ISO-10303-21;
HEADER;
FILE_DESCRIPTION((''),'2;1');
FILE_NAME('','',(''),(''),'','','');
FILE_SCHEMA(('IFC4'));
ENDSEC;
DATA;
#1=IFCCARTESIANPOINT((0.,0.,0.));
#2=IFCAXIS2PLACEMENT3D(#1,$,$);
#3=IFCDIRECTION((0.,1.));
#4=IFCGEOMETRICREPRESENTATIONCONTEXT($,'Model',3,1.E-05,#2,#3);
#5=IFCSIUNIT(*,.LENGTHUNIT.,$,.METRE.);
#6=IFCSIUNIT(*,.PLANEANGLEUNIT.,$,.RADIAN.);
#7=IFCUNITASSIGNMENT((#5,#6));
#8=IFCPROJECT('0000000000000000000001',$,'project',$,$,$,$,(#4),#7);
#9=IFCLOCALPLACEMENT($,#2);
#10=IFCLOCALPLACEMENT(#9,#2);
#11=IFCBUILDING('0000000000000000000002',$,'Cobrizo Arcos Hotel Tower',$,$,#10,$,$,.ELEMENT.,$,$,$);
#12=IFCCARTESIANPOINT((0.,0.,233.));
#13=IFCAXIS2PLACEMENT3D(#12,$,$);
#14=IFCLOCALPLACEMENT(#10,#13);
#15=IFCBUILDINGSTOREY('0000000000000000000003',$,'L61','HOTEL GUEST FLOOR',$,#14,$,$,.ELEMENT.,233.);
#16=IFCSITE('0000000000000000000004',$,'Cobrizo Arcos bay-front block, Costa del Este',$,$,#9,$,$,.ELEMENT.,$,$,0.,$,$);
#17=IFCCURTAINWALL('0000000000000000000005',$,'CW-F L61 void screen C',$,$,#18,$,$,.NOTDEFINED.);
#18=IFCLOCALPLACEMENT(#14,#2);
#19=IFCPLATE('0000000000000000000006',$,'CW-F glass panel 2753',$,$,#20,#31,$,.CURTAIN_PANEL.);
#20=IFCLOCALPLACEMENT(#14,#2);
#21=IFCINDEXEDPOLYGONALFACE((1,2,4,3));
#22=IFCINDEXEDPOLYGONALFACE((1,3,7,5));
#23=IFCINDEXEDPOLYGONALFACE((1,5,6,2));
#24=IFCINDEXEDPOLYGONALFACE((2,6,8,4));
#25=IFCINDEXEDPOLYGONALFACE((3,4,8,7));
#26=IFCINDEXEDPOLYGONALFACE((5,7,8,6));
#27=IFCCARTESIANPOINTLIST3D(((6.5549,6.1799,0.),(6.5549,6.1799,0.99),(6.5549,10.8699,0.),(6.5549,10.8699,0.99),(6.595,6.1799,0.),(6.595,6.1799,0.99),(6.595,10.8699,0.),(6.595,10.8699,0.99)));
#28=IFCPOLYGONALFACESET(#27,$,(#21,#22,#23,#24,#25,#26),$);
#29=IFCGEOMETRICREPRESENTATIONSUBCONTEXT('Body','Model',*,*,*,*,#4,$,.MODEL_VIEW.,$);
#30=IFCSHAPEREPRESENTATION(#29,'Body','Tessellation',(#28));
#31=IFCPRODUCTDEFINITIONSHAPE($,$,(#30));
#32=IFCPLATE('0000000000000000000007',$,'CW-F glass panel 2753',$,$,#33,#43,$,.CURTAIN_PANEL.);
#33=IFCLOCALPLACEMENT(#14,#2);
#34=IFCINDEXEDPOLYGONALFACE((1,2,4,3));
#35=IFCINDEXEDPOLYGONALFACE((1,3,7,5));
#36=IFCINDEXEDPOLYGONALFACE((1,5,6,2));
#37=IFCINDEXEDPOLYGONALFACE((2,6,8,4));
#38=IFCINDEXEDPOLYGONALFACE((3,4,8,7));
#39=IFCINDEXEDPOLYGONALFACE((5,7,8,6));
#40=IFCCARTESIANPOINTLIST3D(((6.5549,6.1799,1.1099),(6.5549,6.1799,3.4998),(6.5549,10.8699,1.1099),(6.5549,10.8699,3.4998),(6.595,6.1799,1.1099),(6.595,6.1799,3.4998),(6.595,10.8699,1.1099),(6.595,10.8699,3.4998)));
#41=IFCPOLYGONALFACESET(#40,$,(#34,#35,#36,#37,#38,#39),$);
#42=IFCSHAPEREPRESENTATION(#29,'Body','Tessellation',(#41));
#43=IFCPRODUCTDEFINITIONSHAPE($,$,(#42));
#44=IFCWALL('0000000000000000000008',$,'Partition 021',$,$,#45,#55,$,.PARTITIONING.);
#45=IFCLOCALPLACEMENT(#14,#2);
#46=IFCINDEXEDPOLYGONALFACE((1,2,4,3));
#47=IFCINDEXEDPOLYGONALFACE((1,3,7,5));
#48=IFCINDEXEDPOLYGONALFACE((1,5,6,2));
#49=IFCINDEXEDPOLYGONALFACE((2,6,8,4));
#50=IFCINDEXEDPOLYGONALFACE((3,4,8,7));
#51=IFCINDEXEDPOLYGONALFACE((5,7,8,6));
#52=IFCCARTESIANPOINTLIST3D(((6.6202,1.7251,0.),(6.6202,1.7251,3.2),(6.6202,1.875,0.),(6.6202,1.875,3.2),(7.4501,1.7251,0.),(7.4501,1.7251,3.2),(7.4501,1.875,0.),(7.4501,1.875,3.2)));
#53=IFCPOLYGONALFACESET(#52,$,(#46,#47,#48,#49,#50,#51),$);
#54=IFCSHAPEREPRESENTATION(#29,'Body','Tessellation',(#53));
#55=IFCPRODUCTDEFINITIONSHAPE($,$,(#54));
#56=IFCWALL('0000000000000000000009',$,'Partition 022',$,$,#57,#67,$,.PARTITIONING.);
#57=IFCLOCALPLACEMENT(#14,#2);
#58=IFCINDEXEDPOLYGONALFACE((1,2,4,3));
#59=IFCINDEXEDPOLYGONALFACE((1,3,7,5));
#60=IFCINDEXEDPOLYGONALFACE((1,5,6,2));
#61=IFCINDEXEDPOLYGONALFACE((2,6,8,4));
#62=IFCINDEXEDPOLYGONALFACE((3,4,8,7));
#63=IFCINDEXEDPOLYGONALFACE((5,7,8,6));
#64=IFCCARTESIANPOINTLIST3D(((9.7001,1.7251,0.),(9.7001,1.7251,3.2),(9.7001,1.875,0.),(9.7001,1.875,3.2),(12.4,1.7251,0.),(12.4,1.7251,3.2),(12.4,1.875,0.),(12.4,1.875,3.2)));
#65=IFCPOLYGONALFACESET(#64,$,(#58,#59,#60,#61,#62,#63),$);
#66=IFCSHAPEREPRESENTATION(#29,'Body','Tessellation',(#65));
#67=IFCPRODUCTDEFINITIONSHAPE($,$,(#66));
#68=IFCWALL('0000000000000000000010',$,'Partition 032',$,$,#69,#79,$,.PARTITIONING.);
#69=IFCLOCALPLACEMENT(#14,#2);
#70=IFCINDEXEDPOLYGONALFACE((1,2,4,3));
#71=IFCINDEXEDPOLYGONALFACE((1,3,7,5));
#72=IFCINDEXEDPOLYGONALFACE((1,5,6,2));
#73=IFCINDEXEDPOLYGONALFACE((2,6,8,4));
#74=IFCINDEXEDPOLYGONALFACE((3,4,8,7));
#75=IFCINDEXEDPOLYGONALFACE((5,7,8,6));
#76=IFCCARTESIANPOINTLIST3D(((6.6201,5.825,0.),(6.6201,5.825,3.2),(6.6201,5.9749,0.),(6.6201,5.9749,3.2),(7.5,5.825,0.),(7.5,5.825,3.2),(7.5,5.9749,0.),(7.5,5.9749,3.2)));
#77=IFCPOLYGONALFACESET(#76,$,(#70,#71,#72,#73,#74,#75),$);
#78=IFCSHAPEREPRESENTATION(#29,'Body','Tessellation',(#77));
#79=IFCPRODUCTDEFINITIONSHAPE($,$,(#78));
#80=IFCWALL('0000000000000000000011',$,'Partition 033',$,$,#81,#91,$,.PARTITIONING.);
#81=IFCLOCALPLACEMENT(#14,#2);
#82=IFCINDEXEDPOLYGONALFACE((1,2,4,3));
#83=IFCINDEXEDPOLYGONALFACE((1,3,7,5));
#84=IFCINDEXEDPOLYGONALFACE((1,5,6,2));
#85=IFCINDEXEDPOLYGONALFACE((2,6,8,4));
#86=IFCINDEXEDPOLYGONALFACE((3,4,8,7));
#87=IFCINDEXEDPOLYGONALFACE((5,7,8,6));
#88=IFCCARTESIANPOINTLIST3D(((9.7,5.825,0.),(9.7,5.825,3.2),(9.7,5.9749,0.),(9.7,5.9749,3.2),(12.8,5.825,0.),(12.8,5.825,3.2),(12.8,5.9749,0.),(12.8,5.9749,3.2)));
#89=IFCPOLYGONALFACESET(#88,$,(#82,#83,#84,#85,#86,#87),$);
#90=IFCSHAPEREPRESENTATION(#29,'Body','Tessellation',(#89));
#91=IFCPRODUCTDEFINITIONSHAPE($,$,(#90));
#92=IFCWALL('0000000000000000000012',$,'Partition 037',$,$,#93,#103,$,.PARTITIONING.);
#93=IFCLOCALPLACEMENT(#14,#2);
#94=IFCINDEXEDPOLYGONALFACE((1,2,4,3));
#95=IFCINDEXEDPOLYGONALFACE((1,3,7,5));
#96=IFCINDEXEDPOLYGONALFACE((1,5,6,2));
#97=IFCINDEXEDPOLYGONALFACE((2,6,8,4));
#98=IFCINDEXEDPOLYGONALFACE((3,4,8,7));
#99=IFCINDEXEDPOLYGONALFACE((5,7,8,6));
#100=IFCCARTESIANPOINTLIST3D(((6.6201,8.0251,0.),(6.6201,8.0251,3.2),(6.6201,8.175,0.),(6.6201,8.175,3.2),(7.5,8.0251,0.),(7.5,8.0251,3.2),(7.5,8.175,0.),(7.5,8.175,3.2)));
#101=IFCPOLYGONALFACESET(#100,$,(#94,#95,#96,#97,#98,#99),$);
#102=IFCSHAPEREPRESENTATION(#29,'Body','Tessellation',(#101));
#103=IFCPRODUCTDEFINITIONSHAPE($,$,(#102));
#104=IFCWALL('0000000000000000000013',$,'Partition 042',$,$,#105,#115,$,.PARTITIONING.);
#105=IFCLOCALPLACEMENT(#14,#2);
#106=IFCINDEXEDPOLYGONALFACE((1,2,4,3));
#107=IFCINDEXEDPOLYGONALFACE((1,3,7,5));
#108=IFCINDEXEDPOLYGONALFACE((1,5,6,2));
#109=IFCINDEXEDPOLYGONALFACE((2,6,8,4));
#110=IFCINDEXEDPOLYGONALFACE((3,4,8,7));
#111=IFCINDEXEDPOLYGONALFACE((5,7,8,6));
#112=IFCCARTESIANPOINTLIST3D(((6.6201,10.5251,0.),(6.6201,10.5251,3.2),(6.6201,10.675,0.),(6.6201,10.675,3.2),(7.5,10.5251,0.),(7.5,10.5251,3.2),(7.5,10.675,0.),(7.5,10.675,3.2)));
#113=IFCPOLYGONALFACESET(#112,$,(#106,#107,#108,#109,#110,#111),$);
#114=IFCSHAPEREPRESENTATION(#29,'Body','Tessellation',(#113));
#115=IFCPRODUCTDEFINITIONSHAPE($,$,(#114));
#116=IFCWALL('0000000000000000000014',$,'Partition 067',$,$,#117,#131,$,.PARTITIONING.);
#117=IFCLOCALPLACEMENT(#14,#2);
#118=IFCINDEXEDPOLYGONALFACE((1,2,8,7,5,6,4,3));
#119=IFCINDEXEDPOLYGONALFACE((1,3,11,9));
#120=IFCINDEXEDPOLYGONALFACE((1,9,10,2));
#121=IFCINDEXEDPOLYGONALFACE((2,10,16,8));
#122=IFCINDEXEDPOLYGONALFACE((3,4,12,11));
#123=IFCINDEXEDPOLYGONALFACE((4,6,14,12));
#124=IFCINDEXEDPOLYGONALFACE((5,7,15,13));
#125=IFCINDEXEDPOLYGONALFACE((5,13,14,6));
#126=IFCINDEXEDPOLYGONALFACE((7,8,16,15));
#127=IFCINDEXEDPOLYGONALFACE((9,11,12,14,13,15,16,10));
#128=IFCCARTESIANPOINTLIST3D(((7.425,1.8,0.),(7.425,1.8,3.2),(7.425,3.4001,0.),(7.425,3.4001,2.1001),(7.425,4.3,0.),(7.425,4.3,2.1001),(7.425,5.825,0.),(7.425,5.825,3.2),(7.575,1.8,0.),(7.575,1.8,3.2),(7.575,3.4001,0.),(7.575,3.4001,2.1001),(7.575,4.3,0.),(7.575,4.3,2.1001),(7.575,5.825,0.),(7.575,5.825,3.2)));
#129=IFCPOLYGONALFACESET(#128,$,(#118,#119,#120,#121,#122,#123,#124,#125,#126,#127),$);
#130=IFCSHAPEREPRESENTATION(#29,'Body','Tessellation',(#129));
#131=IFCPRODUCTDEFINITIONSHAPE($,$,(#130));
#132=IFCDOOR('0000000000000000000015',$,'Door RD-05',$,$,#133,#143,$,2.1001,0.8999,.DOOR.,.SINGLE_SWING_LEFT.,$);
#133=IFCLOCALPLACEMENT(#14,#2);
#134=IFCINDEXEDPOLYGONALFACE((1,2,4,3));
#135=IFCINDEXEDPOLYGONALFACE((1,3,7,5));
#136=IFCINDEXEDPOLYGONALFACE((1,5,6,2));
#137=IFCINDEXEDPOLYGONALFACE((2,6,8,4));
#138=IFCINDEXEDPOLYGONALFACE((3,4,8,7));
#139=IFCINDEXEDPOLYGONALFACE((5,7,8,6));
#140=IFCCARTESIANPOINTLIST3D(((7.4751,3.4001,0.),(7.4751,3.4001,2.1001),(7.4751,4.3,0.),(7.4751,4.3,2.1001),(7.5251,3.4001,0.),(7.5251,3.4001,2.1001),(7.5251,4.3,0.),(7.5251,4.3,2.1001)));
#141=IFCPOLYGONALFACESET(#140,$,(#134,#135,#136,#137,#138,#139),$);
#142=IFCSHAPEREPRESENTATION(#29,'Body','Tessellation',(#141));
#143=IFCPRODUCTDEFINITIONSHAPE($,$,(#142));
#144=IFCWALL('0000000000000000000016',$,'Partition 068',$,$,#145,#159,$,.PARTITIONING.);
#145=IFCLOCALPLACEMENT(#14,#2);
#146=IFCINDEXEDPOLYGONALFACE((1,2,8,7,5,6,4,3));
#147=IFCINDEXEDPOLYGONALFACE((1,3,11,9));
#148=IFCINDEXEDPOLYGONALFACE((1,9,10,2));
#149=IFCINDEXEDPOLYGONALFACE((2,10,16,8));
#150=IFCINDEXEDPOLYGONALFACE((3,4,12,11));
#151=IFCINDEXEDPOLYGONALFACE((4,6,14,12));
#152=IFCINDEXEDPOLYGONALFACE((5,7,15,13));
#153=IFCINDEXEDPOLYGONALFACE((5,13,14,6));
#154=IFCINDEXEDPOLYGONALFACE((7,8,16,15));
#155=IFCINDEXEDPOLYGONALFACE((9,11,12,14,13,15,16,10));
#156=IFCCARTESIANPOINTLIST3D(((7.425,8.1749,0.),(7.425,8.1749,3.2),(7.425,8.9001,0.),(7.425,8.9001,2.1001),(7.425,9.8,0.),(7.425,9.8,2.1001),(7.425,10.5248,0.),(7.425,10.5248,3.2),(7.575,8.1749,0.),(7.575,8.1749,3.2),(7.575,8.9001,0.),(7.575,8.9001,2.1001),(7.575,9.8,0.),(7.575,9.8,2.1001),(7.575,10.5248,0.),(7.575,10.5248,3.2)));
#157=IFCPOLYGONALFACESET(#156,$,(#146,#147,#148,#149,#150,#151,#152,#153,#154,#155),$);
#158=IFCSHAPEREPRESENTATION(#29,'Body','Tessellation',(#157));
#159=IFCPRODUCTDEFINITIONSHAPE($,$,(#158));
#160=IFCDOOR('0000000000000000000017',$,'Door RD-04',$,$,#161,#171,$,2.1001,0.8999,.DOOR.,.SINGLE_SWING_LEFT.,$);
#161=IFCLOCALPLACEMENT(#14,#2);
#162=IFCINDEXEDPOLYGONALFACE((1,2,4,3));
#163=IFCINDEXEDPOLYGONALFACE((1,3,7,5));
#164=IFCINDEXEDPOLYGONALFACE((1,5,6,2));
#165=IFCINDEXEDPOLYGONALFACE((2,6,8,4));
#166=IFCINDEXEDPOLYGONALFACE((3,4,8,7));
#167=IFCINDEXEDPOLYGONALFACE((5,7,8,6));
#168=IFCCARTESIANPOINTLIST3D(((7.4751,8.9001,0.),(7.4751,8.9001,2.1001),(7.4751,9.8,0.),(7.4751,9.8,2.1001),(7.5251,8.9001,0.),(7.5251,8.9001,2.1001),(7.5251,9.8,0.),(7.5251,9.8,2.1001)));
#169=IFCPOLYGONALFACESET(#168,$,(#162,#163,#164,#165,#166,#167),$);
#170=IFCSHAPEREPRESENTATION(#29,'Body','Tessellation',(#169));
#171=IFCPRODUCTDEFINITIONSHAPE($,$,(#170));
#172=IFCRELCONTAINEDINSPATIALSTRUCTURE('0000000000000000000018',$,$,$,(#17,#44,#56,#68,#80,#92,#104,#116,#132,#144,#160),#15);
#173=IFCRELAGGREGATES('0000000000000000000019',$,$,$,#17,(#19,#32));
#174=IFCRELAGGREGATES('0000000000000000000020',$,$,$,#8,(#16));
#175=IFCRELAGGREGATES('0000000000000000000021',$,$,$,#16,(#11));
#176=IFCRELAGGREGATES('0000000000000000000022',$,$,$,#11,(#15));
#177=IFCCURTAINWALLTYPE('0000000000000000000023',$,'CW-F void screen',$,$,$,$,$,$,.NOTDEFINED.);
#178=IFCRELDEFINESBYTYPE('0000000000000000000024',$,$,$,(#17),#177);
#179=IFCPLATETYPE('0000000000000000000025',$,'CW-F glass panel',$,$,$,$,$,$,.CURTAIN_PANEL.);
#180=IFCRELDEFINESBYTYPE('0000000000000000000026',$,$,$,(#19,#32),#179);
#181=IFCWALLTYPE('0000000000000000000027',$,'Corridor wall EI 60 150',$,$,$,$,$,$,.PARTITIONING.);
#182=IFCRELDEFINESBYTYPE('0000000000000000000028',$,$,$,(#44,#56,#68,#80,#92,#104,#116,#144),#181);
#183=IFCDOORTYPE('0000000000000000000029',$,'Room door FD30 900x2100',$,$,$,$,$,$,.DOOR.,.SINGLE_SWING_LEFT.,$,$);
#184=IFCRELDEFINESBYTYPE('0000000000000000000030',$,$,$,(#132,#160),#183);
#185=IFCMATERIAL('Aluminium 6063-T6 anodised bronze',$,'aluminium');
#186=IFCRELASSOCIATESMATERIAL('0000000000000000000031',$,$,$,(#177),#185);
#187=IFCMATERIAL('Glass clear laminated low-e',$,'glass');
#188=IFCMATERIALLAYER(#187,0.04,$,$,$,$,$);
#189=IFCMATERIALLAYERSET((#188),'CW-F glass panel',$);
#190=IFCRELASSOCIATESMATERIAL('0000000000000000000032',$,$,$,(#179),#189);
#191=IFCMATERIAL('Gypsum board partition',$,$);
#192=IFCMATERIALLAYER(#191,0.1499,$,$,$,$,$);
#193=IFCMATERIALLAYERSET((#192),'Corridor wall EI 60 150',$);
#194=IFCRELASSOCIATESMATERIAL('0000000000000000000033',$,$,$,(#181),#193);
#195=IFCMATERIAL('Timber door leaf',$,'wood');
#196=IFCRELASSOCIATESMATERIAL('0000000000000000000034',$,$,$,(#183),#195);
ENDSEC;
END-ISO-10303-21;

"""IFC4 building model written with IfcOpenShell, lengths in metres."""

from ifc_helpers import new_model, si_unit, direction, frame, frame_2d, origin, origin_2d, place, context, subcontext, project, spatial, rectangle, extrude, material, layer, layer_set, type_object, element, fill, aggregate, save


model = new_model("IFC4")

# Units and contexts
model_context = context("Model", 3, precision=1e-05, world=origin(), true_north=direction((0.0, 1.0)))
body_context = subcontext(model_context, "Body", "Model", "MODEL_VIEW")
ifc_project = project(units=[si_unit("LENGTHUNIT", "METRE"), si_unit("PLANEANGLEUNIT", "RADIAN")], contexts=[model_context])

# Site, building, storey
site_placement = place(None, origin())
site = spatial("IfcSite", under=ifc_project, at=site_placement, Name="Cobrizo Arcos bay-front block, Costa del Este", CompositionType="ELEMENT", RefElevation=0.0)
building_placement = place(site_placement, origin())
building = spatial("IfcBuilding", under=site, at=building_placement, Name="Cobrizo Arcos Hotel Tower", CompositionType="ELEMENT")
storey_placement = place(building_placement, frame((0.0, 0.0, 233.0)))
storey = spatial("IfcBuildingStorey", under=building, at=storey_placement, Name="L61", Description="HOTEL GUEST FLOOR", CompositionType="ELEMENT", Elevation=233.0)

# Curtain wall
ifc_material_1 = material(Name="Aluminium 6063-T6 anodised bronze", Category="aluminium")
curtain_wall_type = type_object("IfcCurtainWallType", Name="CW-F void screen", PredefinedType="NOTDEFINED", material=ifc_material_1)
curtain_wall_placement = place(storey_placement, origin())
curtain_wall = element("IfcCurtainWall", 1, at=curtain_wall_placement, inside=storey, type_object=curtain_wall_type, Name="CW-F L61 void screen C", PredefinedType="NOTDEFINED")

# Plates
ifc_material_2 = material(Name="Glass clear laminated low-e", Category="glass")
ifc_layer_1 = layer(ifc_material_2, 0.04)
ifc_layer_set_1 = layer_set([ifc_layer_1], Name="CW-F glass panel")
plate_type = type_object("IfcPlateType", Name="CW-F glass panel", PredefinedType="CURTAIN_PANEL", material=ifc_layer_set_1)
plate_1_placement = place(storey_placement, frame((6.575, 8.5249, 0.0), z_axis=(0.0, 0.0, 1.0), x_axis=(0.0, 1.0, 0.0)))
plate_1 = element("IfcPlate", 2, at=plate_1_placement, type_object=plate_type, Name="CW-F glass panel 2753", PredefinedType="CURTAIN_PANEL", context=body_context, shape_type="SweptSolid", body=[
    extrude(rectangle(XDim=4.6899, YDim=0.04, at=origin_2d()), origin(), (0.0, 0.0, 1.0), 0.99),
])
plate_2_placement = place(storey_placement, frame((6.575, 8.5249, 1.1099), z_axis=(0.0, 0.0, 1.0), x_axis=(0.0, 1.0, 0.0)))
plate_2 = element("IfcPlate", 3, at=plate_2_placement, type_object=plate_type, Name="CW-F glass panel 2753", PredefinedType="CURTAIN_PANEL", context=body_context, shape_type="SweptSolid", body=[
    extrude(rectangle(XDim=4.6899, YDim=0.04, at=origin_2d()), origin(), (0.0, 0.0, 1.0), 2.3899),
])
aggregate(curtain_wall, [plate_1, plate_2])

# Walls
ifc_material_3 = material(Name="Gypsum board partition")
ifc_layer_2 = layer(ifc_material_3, 0.1499)
ifc_layer_set_2 = layer_set([ifc_layer_2], Name="Corridor wall EI 60 150")
wall_type = type_object("IfcWallType", Name="Corridor wall EI 60 150", PredefinedType="PARTITIONING", material=ifc_layer_set_2)
wall_1_placement = place(storey_placement, frame((6.6201, 1.8, 0.0), z_axis=(0.0, 0.0, 1.0), x_axis=(1.0, 0.0, 0.0)))
element("IfcWall", 4, at=wall_1_placement, inside=storey, type_object=wall_type, Name="Partition 021", PredefinedType="PARTITIONING", context=body_context, shape_type="SweptSolid", body=[
    extrude(rectangle(XDim=0.8298, YDim=0.1499, at=frame_2d((0.415, 0.0))), origin(), (0.0, 0.0, 1.0), 3.2),
])
wall_2_placement = place(storey_placement, frame((9.7, 1.8, 0.0), z_axis=(0.0, 0.0, 1.0), x_axis=(1.0, 0.0, 0.0)))
element("IfcWall", 5, at=wall_2_placement, inside=storey, type_object=wall_type, Name="Partition 022", PredefinedType="PARTITIONING", context=body_context, shape_type="SweptSolid", body=[
    extrude(rectangle(XDim=2.7, YDim=0.1499, at=frame_2d((1.3501, 0.0))), origin(), (0.0, 0.0, 1.0), 3.2),
])
wall_3_placement = place(storey_placement, frame((6.6201, 5.8999, 0.0), z_axis=(0.0, 0.0, 1.0), x_axis=(1.0, 0.0, 0.0)))
element("IfcWall", 6, at=wall_3_placement, inside=storey, type_object=wall_type, Name="Partition 032", PredefinedType="PARTITIONING", context=body_context, shape_type="SweptSolid", body=[
    extrude(rectangle(XDim=0.8799, YDim=0.1499, at=frame_2d((0.4399, 0.0))), origin(), (0.0, 0.0, 1.0), 3.2),
])
wall_4_placement = place(storey_placement, frame((9.7, 5.8999, 0.0), z_axis=(0.0, 0.0, 1.0), x_axis=(1.0, 0.0, 0.0)))
element("IfcWall", 7, at=wall_4_placement, inside=storey, type_object=wall_type, Name="Partition 033", PredefinedType="PARTITIONING", context=body_context, shape_type="SweptSolid", body=[
    extrude(rectangle(XDim=3.1001, YDim=0.1499, at=frame_2d((1.55, 0.0))), origin(), (0.0, 0.0, 1.0), 3.2),
])
for number, where, z_axis, x_axis, name in (
    (8, (6.6201, 8.1001, 0.0), (0.0, 0.0, 1.0), (1.0, 0.0, 0.0), "Partition 037"),
    (9, (6.6201, 10.6001, 0.0), (0.0, 0.0, 1.0), (1.0, 0.0, 0.0), "Partition 042"),
):
    element("IfcWall", number, at=place(storey_placement, frame(where, z_axis=z_axis, x_axis=x_axis)), inside=storey, type_object=wall_type, Name=name, PredefinedType="PARTITIONING", context=body_context, shape_type="SweptSolid", body=[
        extrude(rectangle(XDim=0.8799, YDim=0.1499, at=frame_2d((0.4399, 0.0))), origin(), (0.0, 0.0, 1.0), 3.2),
    ])

# Walls, openings, doors
wall_5_placement = place(storey_placement, frame((7.5, 1.8, 0.0), z_axis=(0.0, 0.0, 1.0), x_axis=(0.0, 1.0, 0.0)))
wall_5 = element("IfcWall", 10, at=wall_5_placement, inside=storey, type_object=wall_type, Name="Partition 067", PredefinedType="PARTITIONING", context=body_context, shape_type="SweptSolid", body=[
    extrude(rectangle(XDim=4.0249, YDim=0.1499, at=frame_2d((2.0125, 0.0))), origin(), (0.0, 0.0, 1.0), 3.2),
])
opening_1_placement = place(wall_5_placement, frame((1.6001, 0.0, 0.0)))
opening_1 = element("IfcOpeningElement", 11, at=opening_1_placement, cuts=wall_5, PredefinedType="OPENING", context=body_context, shape_type="SweptSolid", body=[
    extrude(rectangle(XDim=0.8999, YDim=2.1001, at=frame_2d((0.45, 1.05))), frame((0.0, 0.0869, 0.0), z_axis=(0.0, -1.0, 0.0), x_axis=(1.0, 0.0, 0.0)), (0.0, 0.0, 1.0), 0.1738),
])
ifc_material_4 = material(Name="Timber door leaf", Category="wood")
door_type = type_object("IfcDoorType", Name="Room door FD30 900x2100", OperationType="SINGLE_SWING_LEFT", PredefinedType="DOOR", material=ifc_material_4)
door_1_placement = place(opening_1_placement, origin())
door_1 = element("IfcDoor", 12, at=door_1_placement, inside=storey, type_object=door_type, Name="Door RD-05", OperationType="SINGLE_SWING_LEFT", OverallHeight=2.1001, OverallWidth=0.8999, PredefinedType="DOOR", context=body_context, shape_type="SweptSolid", body=[
    extrude(rectangle(XDim=0.8999, YDim=2.1001, at=frame_2d((0.45, 1.05))), frame((0.0, 0.0249, 0.0), z_axis=(0.0, -1.0, 0.0), x_axis=(1.0, 0.0, 0.0)), (0.0, 0.0, 1.0), 0.05),
])
fill(opening_1, door_1)
wall_6_placement = place(storey_placement, frame((7.5, 8.175, 0.0), z_axis=(0.0, 0.0, 1.0), x_axis=(0.0, 1.0, 0.0)))
wall_6 = element("IfcWall", 13, at=wall_6_placement, inside=storey, type_object=wall_type, Name="Partition 068", PredefinedType="PARTITIONING", context=body_context, shape_type="SweptSolid", body=[
    extrude(rectangle(XDim=2.3499, YDim=0.1499, at=frame_2d((1.1748, 0.0))), origin(), (0.0, 0.0, 1.0), 3.2),
])
opening_2_placement = place(wall_6_placement, frame((0.7251, 0.0, 0.0)))
opening_2 = element("IfcOpeningElement", 14, at=opening_2_placement, cuts=wall_6, PredefinedType="OPENING", context=body_context, shape_type="SweptSolid", body=[
    extrude(rectangle(XDim=0.8999, YDim=2.1001, at=frame_2d((0.45, 1.05))), frame((0.0, 0.0869, 0.0), z_axis=(0.0, -1.0, 0.0), x_axis=(1.0, 0.0, 0.0)), (0.0, 0.0, 1.0), 0.1738),
])
door_2_placement = place(opening_2_placement, origin())
door_2 = element("IfcDoor", 15, at=door_2_placement, inside=storey, type_object=door_type, Name="Door RD-04", OperationType="SINGLE_SWING_LEFT", OverallHeight=2.1001, OverallWidth=0.8999, PredefinedType="DOOR", context=body_context, shape_type="SweptSolid", body=[
    extrude(rectangle(XDim=0.8999, YDim=2.1001, at=frame_2d((0.45, 1.05))), frame((0.0, 0.0249, 0.0), z_axis=(0.0, -1.0, 0.0), x_axis=(1.0, 0.0, 0.0)), (0.0, 0.0, 1.0), 0.05),
])
fill(opening_2, door_2)

save(model, "model.ifc")
